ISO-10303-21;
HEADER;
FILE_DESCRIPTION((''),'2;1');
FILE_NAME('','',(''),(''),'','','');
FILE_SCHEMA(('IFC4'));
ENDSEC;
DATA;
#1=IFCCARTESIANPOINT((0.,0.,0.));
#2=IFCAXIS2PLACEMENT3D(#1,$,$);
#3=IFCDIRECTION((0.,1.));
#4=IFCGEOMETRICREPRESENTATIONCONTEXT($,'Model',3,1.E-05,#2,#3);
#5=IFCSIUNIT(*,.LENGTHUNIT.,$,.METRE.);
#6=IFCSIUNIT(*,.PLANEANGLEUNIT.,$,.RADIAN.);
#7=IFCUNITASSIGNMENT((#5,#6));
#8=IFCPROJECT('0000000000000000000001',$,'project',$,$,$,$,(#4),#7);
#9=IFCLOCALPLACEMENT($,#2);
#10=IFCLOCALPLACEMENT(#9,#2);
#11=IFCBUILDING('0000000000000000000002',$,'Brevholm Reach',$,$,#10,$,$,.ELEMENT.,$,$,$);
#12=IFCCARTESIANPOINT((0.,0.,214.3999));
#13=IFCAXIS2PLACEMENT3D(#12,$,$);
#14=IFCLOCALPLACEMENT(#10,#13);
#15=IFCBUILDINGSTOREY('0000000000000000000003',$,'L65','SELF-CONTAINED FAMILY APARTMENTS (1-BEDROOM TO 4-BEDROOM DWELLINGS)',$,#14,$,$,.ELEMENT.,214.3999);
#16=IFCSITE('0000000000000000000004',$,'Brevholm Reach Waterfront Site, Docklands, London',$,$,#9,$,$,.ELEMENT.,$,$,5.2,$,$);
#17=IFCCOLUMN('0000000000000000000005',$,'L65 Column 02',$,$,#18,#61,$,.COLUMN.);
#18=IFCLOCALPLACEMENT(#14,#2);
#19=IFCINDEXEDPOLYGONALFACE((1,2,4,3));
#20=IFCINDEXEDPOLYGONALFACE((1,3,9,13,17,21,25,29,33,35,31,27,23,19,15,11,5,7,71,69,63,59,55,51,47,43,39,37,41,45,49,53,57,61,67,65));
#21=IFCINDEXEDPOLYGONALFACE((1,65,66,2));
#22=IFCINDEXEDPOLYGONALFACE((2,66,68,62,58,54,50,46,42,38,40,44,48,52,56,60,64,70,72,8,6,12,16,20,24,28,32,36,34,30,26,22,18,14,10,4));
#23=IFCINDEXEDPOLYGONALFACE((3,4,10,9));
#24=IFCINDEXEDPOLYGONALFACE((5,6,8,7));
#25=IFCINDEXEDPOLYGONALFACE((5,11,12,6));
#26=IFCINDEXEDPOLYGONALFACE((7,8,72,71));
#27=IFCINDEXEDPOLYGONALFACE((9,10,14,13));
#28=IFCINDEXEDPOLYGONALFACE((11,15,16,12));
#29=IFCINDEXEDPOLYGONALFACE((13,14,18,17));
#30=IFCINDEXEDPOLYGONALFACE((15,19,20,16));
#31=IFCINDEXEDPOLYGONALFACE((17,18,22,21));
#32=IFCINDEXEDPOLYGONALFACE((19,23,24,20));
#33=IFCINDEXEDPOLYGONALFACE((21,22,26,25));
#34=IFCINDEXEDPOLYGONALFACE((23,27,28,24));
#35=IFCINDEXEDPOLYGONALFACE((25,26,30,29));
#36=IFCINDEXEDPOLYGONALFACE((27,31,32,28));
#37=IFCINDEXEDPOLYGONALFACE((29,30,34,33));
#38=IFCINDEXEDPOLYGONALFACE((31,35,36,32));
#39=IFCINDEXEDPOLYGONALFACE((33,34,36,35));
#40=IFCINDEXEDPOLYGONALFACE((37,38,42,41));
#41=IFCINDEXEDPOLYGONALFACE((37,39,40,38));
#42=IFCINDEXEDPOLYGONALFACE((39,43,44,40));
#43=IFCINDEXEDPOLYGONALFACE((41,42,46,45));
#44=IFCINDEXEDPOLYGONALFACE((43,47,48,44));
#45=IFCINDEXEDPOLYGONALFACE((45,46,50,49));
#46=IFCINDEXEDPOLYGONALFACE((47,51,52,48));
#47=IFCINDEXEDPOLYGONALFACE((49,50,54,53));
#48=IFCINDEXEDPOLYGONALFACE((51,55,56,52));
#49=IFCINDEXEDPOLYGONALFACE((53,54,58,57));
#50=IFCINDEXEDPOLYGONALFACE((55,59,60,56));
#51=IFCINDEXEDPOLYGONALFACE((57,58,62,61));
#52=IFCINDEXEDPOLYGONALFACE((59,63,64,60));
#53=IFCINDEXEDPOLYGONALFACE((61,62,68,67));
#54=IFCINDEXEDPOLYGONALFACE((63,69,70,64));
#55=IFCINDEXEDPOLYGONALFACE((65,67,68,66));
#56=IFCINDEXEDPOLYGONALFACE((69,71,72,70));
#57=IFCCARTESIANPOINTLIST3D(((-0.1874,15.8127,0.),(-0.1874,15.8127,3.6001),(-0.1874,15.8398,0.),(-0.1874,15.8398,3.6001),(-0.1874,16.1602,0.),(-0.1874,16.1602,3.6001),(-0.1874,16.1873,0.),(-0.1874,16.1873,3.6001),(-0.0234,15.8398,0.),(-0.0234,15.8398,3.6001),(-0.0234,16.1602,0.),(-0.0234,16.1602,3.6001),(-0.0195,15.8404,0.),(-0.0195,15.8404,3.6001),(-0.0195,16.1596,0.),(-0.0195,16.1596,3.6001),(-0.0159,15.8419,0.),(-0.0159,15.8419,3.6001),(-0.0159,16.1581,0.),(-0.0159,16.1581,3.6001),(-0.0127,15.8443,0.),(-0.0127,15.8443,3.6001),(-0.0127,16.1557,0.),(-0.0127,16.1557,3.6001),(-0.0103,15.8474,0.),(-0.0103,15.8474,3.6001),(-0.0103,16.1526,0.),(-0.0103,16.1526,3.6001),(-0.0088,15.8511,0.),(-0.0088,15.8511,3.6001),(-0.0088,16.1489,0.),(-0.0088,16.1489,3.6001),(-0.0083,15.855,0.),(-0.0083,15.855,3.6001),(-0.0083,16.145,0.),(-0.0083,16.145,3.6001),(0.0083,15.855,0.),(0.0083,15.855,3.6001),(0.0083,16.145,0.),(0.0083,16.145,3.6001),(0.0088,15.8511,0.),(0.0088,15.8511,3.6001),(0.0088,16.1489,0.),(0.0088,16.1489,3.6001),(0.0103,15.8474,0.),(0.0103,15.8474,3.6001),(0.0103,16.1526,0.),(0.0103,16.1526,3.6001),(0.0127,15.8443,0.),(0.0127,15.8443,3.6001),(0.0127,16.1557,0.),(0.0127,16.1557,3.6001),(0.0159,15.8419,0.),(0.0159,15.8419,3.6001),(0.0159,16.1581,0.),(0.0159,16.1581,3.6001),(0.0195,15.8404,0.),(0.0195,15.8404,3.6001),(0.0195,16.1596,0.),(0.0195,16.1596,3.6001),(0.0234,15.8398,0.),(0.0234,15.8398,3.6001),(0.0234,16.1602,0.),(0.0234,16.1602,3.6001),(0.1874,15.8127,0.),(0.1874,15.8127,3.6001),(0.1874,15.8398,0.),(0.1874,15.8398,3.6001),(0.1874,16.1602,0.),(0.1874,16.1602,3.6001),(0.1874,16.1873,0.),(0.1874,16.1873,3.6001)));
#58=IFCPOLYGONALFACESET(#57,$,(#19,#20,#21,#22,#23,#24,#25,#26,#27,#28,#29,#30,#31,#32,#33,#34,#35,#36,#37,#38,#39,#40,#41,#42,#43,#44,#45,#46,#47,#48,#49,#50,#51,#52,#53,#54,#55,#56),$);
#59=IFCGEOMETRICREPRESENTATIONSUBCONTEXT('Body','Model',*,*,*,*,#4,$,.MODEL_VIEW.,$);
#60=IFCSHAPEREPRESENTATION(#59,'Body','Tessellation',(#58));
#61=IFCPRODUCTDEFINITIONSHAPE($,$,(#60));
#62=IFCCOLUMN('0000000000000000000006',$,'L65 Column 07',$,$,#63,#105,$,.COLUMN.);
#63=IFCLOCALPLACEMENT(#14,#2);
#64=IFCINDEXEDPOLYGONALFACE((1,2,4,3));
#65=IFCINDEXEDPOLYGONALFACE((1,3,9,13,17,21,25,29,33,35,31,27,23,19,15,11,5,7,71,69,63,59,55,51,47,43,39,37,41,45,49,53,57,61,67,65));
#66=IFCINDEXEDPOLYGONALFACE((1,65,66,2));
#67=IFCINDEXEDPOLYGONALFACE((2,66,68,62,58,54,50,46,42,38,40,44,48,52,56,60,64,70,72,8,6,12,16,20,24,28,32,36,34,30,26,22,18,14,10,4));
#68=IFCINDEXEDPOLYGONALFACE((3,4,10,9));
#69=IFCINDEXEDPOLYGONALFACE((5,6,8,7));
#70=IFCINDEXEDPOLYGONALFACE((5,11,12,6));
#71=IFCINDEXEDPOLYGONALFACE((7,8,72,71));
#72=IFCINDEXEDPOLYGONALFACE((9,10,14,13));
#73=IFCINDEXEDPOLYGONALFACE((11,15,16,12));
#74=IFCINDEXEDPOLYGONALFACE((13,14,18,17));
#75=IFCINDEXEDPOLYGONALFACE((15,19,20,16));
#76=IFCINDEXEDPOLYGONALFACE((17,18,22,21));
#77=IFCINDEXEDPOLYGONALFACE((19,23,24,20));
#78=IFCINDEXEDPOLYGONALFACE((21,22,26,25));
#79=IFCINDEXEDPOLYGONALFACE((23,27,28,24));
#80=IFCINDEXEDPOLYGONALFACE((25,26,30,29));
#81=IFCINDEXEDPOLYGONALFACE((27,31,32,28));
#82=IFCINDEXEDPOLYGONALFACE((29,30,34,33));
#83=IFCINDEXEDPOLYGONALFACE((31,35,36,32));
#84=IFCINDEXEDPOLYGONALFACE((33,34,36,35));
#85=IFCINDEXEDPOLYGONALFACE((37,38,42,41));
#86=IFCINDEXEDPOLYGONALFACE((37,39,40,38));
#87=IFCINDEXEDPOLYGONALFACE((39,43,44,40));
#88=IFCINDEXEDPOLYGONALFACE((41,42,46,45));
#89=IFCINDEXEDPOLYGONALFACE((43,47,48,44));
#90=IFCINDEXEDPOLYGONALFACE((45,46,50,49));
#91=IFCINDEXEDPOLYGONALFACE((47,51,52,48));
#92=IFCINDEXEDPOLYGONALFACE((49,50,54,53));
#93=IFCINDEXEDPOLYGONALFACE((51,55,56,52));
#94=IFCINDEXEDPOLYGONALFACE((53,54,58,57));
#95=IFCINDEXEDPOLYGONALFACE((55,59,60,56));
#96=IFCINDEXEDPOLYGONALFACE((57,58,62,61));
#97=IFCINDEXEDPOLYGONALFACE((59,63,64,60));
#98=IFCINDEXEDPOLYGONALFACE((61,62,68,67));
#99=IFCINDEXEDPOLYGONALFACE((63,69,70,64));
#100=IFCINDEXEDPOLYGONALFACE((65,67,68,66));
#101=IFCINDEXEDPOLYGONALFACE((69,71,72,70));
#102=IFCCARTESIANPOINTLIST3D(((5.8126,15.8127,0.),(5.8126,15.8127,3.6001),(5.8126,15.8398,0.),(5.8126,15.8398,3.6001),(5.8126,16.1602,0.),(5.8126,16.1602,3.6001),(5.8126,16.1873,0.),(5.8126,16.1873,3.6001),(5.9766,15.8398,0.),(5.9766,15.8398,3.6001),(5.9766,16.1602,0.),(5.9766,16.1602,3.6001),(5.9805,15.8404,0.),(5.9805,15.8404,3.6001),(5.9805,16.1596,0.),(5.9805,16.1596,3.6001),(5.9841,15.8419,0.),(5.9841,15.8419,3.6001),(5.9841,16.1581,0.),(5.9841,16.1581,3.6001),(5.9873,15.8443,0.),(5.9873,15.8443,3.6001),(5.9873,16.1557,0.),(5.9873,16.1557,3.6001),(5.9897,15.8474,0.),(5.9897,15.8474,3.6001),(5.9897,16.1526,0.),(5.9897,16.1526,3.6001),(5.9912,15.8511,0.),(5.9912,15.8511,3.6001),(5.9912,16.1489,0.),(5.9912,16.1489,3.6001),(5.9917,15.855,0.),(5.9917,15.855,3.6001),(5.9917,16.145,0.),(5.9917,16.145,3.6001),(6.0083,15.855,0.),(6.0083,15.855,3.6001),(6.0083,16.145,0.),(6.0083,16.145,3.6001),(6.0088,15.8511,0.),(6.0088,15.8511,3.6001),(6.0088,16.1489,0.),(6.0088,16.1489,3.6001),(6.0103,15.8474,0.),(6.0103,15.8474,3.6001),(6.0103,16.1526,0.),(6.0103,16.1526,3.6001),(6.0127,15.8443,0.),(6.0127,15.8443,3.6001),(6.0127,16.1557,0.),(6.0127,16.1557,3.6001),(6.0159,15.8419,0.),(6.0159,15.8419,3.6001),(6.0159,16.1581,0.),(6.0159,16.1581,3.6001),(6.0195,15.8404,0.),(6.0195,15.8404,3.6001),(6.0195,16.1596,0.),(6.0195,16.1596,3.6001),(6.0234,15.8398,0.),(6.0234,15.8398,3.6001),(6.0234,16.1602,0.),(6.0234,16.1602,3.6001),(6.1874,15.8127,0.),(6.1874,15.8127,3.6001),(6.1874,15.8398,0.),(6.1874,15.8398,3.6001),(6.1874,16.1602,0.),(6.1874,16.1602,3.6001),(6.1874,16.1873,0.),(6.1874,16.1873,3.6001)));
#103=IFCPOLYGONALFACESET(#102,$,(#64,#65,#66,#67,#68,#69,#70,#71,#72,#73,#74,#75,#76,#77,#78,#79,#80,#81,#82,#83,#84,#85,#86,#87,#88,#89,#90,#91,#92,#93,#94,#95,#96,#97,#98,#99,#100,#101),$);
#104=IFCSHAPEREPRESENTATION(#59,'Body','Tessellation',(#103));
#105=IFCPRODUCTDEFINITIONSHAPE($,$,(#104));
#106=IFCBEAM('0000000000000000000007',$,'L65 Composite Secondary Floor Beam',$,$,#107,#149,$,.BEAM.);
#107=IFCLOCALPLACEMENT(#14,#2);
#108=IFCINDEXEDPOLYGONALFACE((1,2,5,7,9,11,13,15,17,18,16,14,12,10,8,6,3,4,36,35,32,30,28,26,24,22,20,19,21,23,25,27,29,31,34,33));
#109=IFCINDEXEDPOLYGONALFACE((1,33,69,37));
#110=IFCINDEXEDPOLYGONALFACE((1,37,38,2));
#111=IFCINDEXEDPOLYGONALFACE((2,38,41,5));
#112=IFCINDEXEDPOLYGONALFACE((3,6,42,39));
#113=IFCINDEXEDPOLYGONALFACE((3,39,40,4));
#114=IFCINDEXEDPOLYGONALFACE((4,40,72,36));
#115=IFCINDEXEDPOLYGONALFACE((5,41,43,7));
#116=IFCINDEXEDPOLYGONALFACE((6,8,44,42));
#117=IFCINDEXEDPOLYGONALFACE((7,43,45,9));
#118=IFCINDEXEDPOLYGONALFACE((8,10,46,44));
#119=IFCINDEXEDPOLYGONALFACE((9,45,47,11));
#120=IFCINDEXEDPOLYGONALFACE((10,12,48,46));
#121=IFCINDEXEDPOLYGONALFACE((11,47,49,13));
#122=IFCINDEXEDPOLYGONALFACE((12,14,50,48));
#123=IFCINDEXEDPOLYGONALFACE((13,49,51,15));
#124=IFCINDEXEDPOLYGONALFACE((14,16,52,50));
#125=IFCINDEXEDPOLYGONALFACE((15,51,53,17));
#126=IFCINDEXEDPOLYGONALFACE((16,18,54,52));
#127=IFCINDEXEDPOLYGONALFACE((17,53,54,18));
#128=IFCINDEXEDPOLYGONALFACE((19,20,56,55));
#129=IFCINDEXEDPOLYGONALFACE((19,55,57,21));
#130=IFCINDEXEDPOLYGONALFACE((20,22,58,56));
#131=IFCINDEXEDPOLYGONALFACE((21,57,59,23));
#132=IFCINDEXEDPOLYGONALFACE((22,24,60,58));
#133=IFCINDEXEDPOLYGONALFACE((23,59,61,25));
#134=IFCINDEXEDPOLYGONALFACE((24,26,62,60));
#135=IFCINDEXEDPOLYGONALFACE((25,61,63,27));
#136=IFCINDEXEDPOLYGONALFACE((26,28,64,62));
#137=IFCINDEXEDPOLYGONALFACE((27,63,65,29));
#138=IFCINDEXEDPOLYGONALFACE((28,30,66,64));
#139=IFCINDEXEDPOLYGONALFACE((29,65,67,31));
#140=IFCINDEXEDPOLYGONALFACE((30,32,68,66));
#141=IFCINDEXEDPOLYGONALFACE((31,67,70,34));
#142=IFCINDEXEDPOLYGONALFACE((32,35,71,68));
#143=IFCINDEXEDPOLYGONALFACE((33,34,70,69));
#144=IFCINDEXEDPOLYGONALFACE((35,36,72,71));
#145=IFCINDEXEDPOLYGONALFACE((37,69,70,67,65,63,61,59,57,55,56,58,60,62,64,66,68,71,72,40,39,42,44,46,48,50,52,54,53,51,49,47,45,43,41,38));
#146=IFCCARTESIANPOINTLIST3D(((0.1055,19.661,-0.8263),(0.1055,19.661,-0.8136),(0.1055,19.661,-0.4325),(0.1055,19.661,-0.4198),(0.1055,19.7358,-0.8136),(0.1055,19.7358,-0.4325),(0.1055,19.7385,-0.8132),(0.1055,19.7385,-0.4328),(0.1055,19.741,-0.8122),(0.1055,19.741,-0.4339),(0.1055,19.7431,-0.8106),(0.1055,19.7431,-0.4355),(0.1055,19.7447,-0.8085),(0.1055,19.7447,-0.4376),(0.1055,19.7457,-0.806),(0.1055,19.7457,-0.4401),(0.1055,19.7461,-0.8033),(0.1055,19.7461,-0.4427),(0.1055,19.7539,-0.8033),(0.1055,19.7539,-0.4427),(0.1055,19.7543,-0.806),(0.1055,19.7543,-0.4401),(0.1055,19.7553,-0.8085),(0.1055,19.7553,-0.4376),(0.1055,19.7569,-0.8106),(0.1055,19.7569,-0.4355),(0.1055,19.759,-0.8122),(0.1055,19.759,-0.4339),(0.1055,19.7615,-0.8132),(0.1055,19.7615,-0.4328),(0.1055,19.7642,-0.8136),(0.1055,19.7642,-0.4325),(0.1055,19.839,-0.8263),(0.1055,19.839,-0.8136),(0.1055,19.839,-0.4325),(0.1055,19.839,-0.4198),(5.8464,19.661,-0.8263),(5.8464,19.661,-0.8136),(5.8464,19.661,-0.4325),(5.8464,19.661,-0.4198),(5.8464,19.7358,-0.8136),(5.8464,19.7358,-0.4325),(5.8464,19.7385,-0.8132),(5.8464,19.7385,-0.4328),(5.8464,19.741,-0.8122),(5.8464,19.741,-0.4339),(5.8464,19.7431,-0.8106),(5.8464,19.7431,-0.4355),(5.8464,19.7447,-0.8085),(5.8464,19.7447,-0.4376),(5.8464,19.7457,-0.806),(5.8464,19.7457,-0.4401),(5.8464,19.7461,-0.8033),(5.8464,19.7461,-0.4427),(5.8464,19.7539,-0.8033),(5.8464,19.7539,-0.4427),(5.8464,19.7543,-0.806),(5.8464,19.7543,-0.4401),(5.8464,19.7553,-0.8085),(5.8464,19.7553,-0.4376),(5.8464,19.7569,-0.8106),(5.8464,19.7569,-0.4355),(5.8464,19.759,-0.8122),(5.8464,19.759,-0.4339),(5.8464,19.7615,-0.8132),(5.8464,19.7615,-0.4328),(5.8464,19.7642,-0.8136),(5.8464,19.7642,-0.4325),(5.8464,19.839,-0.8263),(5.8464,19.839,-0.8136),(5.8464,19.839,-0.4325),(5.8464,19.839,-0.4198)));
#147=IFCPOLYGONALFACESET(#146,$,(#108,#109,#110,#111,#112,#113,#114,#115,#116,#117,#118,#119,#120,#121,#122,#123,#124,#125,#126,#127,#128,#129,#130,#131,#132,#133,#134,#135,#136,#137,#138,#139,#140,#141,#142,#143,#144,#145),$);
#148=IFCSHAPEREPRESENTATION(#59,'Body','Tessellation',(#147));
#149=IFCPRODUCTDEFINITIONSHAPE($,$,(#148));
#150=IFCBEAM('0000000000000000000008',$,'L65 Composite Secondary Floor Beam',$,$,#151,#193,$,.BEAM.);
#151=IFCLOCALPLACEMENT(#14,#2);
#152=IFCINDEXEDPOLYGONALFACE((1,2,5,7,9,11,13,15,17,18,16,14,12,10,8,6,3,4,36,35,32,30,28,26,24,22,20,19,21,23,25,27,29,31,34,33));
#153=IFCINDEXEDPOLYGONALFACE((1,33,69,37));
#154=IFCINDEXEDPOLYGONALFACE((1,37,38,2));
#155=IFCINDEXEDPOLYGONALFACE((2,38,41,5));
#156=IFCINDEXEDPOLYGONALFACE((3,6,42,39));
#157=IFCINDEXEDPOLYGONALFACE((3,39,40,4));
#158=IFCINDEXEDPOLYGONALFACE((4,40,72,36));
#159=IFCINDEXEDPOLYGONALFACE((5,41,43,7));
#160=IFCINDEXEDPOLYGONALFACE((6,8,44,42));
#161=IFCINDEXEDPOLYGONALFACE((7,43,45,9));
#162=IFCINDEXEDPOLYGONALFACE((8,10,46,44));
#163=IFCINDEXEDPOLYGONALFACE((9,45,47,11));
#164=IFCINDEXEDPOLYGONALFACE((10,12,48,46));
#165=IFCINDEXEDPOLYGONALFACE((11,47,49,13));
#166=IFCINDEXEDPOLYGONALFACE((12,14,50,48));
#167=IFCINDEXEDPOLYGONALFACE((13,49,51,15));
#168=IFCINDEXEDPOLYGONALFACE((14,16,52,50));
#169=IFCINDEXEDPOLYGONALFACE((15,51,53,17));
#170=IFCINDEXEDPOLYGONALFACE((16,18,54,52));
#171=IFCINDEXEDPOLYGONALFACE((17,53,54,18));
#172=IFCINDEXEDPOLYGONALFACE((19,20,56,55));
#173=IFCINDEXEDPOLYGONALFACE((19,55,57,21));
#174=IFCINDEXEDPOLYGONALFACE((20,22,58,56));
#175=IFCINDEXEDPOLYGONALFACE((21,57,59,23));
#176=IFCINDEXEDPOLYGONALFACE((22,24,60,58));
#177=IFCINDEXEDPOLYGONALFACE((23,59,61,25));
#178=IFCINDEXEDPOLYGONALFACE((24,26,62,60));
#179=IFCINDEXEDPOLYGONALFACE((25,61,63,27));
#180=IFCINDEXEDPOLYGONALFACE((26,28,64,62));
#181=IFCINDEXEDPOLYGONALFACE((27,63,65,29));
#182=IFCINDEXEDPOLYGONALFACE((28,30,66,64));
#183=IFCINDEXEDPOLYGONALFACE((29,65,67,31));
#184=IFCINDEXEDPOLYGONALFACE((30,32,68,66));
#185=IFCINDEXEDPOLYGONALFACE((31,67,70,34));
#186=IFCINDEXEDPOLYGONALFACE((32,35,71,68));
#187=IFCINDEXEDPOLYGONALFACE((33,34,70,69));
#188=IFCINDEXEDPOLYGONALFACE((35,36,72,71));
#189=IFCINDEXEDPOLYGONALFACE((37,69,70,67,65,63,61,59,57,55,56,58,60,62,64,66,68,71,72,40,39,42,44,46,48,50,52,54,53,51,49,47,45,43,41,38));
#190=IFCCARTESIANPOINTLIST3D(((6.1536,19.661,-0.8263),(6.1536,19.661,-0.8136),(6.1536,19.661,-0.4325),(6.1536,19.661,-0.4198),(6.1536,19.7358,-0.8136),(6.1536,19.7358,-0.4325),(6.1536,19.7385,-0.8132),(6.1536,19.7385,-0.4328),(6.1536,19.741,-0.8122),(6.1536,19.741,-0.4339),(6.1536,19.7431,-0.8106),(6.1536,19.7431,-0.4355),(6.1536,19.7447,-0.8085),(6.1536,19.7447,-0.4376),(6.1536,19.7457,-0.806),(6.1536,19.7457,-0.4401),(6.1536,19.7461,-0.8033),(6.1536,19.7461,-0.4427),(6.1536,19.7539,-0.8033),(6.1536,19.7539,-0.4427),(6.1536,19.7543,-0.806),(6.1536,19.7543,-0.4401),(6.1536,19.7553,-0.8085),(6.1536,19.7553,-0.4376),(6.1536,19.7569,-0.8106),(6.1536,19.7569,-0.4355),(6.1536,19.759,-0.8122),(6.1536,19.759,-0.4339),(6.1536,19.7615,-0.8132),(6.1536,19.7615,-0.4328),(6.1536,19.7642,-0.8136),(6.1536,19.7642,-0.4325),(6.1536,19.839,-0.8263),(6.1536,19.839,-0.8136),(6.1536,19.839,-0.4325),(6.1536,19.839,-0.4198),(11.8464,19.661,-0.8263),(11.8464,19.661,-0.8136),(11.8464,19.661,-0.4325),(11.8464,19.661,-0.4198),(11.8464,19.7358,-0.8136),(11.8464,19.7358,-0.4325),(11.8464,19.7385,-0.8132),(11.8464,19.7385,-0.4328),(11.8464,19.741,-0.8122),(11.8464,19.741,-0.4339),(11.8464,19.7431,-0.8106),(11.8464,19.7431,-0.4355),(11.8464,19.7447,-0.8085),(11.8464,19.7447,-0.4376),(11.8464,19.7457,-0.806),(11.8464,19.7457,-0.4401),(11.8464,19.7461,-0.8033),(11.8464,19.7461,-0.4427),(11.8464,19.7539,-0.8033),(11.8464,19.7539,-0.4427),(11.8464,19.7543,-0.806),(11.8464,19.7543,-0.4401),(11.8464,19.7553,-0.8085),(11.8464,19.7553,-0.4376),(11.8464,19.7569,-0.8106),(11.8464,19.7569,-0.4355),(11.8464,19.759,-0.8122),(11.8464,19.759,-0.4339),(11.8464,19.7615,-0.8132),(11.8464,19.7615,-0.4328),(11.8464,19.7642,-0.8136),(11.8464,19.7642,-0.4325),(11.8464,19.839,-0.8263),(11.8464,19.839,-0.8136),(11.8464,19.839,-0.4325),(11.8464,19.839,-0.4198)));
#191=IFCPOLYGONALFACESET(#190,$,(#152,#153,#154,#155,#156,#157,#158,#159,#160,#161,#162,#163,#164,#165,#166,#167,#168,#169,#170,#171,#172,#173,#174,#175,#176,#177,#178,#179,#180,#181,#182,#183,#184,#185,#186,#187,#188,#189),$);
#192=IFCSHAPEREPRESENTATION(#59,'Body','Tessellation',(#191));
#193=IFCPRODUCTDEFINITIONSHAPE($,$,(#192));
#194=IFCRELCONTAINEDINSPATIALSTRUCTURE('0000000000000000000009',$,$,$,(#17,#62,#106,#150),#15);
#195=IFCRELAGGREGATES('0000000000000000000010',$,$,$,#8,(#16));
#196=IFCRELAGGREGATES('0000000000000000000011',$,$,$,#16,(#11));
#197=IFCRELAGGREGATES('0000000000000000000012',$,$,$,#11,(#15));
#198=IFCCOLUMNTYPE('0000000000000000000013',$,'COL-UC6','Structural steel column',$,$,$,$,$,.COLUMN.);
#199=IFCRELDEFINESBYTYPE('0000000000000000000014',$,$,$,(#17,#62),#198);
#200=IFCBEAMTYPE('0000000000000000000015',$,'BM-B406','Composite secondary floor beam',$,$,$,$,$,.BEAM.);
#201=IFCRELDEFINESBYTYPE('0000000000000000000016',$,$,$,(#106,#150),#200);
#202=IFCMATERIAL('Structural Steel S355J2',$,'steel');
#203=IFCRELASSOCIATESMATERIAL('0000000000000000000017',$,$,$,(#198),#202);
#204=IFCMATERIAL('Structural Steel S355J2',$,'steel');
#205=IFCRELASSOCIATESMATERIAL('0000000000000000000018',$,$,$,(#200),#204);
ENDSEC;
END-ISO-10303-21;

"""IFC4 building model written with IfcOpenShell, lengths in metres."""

from ifc_helpers import new_model, si_unit, direction, frame, origin, origin_2d, place, context, subcontext, project, spatial, i_section, extrude, material, material_profile, profile_set, type_object, element, save


model = new_model("IFC4")

# Units and contexts
model_context = context("Model", 3, precision=1e-05, world=origin(), true_north=direction((0.0, 1.0)))
body_context = subcontext(model_context, "Body", "Model", "MODEL_VIEW")
ifc_project = project(units=[si_unit("LENGTHUNIT", "METRE"), si_unit("PLANEANGLEUNIT", "RADIAN")], contexts=[model_context])

# Site, building, storey
site_placement = place(None, origin())
site = spatial("IfcSite", under=ifc_project, at=site_placement, Name="Brevholm Reach Waterfront Site, Docklands, London", CompositionType="ELEMENT", RefElevation=5.2)
building_placement = place(site_placement, origin())
building = spatial("IfcBuilding", under=site, at=building_placement, Name="Brevholm Reach", CompositionType="ELEMENT")
storey_placement = place(building_placement, frame((0.0, 0.0, 214.3999)))
storey = spatial("IfcBuildingStorey", under=building, at=storey_placement, Name="L65", Description="SELF-CONTAINED FAMILY APARTMENTS (1-BEDROOM TO 4-BEDROOM DWELLINGS)", CompositionType="ELEMENT", Elevation=214.3999)

# Columns
ifc_material_1 = material(Name="Structural Steel S355J2", Category="steel")
ifc_material_profile_1 = material_profile(ifc_material_1, i_section(OverallWidth=0.3748, OverallDepth=0.3745, WebThickness=0.0166, FlangeThickness=0.0271, FilletRadius=0.0151, at=origin_2d()), Name="UKC 356x368x202")
ifc_profile_set_1 = profile_set([ifc_material_profile_1], Name="Structural Steel S355J2")
column_type = type_object("IfcColumnType", Name="COL-UC6", Description="Structural steel column", PredefinedType="COLUMN", material=ifc_profile_set_1)
for number, where, z_axis, x_axis, name in (
    (1, (0.0, 16.0, 0.0), (0.0, 0.0, 1.0), (1.0, 0.0, 0.0), "L65 Column 02"),
    (2, (6.0, 16.0, 0.0), (0.0, 0.0, 1.0), (1.0, 0.0, 0.0), "L65 Column 07"),
):
    element("IfcColumn", number, at=place(storey_placement, frame(where, z_axis=z_axis, x_axis=x_axis)), inside=storey, type_object=column_type, Name=name, PredefinedType="COLUMN", context=body_context, shape_type="SweptSolid", body=[
        extrude(i_section(OverallWidth=0.3748, OverallDepth=0.3745, WebThickness=0.0166, FlangeThickness=0.0271, FilletRadius=0.0151, at=origin_2d()), origin(), (0.0, 0.0, 1.0), 3.6001),
    ])

# Beams
ifc_material_2 = material(Name="Structural Steel S355J2", Category="steel")
ifc_material_profile_2 = material_profile(ifc_material_2, i_section(OverallWidth=0.178, OverallDepth=0.4065, WebThickness=0.0078, FlangeThickness=0.0127, FilletRadius=0.0103, at=origin_2d()), Name="UKB 406x178x60")
ifc_profile_set_2 = profile_set([ifc_material_profile_2], Name="Structural Steel S355J2")
beam_type_1 = type_object("IfcBeamType", Name="BM-B406", Description="Composite secondary floor beam", PredefinedType="BEAM", material=ifc_profile_set_2)
beam_1_placement = place(storey_placement, frame((0.1055, 19.75, -0.623), z_axis=(1.0, 0.0, 0.0), x_axis=(0.0, 1.0, 0.0)))
element("IfcBeam", 3, at=beam_1_placement, inside=storey, type_object=beam_type_1, Name="L65 Composite Secondary Floor Beam", PredefinedType="BEAM", context=body_context, shape_type="SweptSolid", body=[
    extrude(i_section(OverallWidth=0.178, OverallDepth=0.4065, WebThickness=0.0078, FlangeThickness=0.0127, FilletRadius=0.0103, at=origin_2d()), origin(), (0.0, 0.0, 1.0), 5.741),
])
beam_2_placement = place(storey_placement, frame((6.1536, 19.75, -0.623), z_axis=(1.0, 0.0, 0.0), x_axis=(0.0, 1.0, 0.0)))
element("IfcBeam", 4, at=beam_2_placement, inside=storey, type_object=beam_type_1, Name="L65 Composite Secondary Floor Beam", PredefinedType="BEAM", context=body_context, shape_type="SweptSolid", body=[
    extrude(i_section(OverallWidth=0.178, OverallDepth=0.4065, WebThickness=0.0078, FlangeThickness=0.0127, FilletRadius=0.0103, at=origin_2d()), origin(), (0.0, 0.0, 1.0), 5.6929),
])

save(model, "model.ifc")
